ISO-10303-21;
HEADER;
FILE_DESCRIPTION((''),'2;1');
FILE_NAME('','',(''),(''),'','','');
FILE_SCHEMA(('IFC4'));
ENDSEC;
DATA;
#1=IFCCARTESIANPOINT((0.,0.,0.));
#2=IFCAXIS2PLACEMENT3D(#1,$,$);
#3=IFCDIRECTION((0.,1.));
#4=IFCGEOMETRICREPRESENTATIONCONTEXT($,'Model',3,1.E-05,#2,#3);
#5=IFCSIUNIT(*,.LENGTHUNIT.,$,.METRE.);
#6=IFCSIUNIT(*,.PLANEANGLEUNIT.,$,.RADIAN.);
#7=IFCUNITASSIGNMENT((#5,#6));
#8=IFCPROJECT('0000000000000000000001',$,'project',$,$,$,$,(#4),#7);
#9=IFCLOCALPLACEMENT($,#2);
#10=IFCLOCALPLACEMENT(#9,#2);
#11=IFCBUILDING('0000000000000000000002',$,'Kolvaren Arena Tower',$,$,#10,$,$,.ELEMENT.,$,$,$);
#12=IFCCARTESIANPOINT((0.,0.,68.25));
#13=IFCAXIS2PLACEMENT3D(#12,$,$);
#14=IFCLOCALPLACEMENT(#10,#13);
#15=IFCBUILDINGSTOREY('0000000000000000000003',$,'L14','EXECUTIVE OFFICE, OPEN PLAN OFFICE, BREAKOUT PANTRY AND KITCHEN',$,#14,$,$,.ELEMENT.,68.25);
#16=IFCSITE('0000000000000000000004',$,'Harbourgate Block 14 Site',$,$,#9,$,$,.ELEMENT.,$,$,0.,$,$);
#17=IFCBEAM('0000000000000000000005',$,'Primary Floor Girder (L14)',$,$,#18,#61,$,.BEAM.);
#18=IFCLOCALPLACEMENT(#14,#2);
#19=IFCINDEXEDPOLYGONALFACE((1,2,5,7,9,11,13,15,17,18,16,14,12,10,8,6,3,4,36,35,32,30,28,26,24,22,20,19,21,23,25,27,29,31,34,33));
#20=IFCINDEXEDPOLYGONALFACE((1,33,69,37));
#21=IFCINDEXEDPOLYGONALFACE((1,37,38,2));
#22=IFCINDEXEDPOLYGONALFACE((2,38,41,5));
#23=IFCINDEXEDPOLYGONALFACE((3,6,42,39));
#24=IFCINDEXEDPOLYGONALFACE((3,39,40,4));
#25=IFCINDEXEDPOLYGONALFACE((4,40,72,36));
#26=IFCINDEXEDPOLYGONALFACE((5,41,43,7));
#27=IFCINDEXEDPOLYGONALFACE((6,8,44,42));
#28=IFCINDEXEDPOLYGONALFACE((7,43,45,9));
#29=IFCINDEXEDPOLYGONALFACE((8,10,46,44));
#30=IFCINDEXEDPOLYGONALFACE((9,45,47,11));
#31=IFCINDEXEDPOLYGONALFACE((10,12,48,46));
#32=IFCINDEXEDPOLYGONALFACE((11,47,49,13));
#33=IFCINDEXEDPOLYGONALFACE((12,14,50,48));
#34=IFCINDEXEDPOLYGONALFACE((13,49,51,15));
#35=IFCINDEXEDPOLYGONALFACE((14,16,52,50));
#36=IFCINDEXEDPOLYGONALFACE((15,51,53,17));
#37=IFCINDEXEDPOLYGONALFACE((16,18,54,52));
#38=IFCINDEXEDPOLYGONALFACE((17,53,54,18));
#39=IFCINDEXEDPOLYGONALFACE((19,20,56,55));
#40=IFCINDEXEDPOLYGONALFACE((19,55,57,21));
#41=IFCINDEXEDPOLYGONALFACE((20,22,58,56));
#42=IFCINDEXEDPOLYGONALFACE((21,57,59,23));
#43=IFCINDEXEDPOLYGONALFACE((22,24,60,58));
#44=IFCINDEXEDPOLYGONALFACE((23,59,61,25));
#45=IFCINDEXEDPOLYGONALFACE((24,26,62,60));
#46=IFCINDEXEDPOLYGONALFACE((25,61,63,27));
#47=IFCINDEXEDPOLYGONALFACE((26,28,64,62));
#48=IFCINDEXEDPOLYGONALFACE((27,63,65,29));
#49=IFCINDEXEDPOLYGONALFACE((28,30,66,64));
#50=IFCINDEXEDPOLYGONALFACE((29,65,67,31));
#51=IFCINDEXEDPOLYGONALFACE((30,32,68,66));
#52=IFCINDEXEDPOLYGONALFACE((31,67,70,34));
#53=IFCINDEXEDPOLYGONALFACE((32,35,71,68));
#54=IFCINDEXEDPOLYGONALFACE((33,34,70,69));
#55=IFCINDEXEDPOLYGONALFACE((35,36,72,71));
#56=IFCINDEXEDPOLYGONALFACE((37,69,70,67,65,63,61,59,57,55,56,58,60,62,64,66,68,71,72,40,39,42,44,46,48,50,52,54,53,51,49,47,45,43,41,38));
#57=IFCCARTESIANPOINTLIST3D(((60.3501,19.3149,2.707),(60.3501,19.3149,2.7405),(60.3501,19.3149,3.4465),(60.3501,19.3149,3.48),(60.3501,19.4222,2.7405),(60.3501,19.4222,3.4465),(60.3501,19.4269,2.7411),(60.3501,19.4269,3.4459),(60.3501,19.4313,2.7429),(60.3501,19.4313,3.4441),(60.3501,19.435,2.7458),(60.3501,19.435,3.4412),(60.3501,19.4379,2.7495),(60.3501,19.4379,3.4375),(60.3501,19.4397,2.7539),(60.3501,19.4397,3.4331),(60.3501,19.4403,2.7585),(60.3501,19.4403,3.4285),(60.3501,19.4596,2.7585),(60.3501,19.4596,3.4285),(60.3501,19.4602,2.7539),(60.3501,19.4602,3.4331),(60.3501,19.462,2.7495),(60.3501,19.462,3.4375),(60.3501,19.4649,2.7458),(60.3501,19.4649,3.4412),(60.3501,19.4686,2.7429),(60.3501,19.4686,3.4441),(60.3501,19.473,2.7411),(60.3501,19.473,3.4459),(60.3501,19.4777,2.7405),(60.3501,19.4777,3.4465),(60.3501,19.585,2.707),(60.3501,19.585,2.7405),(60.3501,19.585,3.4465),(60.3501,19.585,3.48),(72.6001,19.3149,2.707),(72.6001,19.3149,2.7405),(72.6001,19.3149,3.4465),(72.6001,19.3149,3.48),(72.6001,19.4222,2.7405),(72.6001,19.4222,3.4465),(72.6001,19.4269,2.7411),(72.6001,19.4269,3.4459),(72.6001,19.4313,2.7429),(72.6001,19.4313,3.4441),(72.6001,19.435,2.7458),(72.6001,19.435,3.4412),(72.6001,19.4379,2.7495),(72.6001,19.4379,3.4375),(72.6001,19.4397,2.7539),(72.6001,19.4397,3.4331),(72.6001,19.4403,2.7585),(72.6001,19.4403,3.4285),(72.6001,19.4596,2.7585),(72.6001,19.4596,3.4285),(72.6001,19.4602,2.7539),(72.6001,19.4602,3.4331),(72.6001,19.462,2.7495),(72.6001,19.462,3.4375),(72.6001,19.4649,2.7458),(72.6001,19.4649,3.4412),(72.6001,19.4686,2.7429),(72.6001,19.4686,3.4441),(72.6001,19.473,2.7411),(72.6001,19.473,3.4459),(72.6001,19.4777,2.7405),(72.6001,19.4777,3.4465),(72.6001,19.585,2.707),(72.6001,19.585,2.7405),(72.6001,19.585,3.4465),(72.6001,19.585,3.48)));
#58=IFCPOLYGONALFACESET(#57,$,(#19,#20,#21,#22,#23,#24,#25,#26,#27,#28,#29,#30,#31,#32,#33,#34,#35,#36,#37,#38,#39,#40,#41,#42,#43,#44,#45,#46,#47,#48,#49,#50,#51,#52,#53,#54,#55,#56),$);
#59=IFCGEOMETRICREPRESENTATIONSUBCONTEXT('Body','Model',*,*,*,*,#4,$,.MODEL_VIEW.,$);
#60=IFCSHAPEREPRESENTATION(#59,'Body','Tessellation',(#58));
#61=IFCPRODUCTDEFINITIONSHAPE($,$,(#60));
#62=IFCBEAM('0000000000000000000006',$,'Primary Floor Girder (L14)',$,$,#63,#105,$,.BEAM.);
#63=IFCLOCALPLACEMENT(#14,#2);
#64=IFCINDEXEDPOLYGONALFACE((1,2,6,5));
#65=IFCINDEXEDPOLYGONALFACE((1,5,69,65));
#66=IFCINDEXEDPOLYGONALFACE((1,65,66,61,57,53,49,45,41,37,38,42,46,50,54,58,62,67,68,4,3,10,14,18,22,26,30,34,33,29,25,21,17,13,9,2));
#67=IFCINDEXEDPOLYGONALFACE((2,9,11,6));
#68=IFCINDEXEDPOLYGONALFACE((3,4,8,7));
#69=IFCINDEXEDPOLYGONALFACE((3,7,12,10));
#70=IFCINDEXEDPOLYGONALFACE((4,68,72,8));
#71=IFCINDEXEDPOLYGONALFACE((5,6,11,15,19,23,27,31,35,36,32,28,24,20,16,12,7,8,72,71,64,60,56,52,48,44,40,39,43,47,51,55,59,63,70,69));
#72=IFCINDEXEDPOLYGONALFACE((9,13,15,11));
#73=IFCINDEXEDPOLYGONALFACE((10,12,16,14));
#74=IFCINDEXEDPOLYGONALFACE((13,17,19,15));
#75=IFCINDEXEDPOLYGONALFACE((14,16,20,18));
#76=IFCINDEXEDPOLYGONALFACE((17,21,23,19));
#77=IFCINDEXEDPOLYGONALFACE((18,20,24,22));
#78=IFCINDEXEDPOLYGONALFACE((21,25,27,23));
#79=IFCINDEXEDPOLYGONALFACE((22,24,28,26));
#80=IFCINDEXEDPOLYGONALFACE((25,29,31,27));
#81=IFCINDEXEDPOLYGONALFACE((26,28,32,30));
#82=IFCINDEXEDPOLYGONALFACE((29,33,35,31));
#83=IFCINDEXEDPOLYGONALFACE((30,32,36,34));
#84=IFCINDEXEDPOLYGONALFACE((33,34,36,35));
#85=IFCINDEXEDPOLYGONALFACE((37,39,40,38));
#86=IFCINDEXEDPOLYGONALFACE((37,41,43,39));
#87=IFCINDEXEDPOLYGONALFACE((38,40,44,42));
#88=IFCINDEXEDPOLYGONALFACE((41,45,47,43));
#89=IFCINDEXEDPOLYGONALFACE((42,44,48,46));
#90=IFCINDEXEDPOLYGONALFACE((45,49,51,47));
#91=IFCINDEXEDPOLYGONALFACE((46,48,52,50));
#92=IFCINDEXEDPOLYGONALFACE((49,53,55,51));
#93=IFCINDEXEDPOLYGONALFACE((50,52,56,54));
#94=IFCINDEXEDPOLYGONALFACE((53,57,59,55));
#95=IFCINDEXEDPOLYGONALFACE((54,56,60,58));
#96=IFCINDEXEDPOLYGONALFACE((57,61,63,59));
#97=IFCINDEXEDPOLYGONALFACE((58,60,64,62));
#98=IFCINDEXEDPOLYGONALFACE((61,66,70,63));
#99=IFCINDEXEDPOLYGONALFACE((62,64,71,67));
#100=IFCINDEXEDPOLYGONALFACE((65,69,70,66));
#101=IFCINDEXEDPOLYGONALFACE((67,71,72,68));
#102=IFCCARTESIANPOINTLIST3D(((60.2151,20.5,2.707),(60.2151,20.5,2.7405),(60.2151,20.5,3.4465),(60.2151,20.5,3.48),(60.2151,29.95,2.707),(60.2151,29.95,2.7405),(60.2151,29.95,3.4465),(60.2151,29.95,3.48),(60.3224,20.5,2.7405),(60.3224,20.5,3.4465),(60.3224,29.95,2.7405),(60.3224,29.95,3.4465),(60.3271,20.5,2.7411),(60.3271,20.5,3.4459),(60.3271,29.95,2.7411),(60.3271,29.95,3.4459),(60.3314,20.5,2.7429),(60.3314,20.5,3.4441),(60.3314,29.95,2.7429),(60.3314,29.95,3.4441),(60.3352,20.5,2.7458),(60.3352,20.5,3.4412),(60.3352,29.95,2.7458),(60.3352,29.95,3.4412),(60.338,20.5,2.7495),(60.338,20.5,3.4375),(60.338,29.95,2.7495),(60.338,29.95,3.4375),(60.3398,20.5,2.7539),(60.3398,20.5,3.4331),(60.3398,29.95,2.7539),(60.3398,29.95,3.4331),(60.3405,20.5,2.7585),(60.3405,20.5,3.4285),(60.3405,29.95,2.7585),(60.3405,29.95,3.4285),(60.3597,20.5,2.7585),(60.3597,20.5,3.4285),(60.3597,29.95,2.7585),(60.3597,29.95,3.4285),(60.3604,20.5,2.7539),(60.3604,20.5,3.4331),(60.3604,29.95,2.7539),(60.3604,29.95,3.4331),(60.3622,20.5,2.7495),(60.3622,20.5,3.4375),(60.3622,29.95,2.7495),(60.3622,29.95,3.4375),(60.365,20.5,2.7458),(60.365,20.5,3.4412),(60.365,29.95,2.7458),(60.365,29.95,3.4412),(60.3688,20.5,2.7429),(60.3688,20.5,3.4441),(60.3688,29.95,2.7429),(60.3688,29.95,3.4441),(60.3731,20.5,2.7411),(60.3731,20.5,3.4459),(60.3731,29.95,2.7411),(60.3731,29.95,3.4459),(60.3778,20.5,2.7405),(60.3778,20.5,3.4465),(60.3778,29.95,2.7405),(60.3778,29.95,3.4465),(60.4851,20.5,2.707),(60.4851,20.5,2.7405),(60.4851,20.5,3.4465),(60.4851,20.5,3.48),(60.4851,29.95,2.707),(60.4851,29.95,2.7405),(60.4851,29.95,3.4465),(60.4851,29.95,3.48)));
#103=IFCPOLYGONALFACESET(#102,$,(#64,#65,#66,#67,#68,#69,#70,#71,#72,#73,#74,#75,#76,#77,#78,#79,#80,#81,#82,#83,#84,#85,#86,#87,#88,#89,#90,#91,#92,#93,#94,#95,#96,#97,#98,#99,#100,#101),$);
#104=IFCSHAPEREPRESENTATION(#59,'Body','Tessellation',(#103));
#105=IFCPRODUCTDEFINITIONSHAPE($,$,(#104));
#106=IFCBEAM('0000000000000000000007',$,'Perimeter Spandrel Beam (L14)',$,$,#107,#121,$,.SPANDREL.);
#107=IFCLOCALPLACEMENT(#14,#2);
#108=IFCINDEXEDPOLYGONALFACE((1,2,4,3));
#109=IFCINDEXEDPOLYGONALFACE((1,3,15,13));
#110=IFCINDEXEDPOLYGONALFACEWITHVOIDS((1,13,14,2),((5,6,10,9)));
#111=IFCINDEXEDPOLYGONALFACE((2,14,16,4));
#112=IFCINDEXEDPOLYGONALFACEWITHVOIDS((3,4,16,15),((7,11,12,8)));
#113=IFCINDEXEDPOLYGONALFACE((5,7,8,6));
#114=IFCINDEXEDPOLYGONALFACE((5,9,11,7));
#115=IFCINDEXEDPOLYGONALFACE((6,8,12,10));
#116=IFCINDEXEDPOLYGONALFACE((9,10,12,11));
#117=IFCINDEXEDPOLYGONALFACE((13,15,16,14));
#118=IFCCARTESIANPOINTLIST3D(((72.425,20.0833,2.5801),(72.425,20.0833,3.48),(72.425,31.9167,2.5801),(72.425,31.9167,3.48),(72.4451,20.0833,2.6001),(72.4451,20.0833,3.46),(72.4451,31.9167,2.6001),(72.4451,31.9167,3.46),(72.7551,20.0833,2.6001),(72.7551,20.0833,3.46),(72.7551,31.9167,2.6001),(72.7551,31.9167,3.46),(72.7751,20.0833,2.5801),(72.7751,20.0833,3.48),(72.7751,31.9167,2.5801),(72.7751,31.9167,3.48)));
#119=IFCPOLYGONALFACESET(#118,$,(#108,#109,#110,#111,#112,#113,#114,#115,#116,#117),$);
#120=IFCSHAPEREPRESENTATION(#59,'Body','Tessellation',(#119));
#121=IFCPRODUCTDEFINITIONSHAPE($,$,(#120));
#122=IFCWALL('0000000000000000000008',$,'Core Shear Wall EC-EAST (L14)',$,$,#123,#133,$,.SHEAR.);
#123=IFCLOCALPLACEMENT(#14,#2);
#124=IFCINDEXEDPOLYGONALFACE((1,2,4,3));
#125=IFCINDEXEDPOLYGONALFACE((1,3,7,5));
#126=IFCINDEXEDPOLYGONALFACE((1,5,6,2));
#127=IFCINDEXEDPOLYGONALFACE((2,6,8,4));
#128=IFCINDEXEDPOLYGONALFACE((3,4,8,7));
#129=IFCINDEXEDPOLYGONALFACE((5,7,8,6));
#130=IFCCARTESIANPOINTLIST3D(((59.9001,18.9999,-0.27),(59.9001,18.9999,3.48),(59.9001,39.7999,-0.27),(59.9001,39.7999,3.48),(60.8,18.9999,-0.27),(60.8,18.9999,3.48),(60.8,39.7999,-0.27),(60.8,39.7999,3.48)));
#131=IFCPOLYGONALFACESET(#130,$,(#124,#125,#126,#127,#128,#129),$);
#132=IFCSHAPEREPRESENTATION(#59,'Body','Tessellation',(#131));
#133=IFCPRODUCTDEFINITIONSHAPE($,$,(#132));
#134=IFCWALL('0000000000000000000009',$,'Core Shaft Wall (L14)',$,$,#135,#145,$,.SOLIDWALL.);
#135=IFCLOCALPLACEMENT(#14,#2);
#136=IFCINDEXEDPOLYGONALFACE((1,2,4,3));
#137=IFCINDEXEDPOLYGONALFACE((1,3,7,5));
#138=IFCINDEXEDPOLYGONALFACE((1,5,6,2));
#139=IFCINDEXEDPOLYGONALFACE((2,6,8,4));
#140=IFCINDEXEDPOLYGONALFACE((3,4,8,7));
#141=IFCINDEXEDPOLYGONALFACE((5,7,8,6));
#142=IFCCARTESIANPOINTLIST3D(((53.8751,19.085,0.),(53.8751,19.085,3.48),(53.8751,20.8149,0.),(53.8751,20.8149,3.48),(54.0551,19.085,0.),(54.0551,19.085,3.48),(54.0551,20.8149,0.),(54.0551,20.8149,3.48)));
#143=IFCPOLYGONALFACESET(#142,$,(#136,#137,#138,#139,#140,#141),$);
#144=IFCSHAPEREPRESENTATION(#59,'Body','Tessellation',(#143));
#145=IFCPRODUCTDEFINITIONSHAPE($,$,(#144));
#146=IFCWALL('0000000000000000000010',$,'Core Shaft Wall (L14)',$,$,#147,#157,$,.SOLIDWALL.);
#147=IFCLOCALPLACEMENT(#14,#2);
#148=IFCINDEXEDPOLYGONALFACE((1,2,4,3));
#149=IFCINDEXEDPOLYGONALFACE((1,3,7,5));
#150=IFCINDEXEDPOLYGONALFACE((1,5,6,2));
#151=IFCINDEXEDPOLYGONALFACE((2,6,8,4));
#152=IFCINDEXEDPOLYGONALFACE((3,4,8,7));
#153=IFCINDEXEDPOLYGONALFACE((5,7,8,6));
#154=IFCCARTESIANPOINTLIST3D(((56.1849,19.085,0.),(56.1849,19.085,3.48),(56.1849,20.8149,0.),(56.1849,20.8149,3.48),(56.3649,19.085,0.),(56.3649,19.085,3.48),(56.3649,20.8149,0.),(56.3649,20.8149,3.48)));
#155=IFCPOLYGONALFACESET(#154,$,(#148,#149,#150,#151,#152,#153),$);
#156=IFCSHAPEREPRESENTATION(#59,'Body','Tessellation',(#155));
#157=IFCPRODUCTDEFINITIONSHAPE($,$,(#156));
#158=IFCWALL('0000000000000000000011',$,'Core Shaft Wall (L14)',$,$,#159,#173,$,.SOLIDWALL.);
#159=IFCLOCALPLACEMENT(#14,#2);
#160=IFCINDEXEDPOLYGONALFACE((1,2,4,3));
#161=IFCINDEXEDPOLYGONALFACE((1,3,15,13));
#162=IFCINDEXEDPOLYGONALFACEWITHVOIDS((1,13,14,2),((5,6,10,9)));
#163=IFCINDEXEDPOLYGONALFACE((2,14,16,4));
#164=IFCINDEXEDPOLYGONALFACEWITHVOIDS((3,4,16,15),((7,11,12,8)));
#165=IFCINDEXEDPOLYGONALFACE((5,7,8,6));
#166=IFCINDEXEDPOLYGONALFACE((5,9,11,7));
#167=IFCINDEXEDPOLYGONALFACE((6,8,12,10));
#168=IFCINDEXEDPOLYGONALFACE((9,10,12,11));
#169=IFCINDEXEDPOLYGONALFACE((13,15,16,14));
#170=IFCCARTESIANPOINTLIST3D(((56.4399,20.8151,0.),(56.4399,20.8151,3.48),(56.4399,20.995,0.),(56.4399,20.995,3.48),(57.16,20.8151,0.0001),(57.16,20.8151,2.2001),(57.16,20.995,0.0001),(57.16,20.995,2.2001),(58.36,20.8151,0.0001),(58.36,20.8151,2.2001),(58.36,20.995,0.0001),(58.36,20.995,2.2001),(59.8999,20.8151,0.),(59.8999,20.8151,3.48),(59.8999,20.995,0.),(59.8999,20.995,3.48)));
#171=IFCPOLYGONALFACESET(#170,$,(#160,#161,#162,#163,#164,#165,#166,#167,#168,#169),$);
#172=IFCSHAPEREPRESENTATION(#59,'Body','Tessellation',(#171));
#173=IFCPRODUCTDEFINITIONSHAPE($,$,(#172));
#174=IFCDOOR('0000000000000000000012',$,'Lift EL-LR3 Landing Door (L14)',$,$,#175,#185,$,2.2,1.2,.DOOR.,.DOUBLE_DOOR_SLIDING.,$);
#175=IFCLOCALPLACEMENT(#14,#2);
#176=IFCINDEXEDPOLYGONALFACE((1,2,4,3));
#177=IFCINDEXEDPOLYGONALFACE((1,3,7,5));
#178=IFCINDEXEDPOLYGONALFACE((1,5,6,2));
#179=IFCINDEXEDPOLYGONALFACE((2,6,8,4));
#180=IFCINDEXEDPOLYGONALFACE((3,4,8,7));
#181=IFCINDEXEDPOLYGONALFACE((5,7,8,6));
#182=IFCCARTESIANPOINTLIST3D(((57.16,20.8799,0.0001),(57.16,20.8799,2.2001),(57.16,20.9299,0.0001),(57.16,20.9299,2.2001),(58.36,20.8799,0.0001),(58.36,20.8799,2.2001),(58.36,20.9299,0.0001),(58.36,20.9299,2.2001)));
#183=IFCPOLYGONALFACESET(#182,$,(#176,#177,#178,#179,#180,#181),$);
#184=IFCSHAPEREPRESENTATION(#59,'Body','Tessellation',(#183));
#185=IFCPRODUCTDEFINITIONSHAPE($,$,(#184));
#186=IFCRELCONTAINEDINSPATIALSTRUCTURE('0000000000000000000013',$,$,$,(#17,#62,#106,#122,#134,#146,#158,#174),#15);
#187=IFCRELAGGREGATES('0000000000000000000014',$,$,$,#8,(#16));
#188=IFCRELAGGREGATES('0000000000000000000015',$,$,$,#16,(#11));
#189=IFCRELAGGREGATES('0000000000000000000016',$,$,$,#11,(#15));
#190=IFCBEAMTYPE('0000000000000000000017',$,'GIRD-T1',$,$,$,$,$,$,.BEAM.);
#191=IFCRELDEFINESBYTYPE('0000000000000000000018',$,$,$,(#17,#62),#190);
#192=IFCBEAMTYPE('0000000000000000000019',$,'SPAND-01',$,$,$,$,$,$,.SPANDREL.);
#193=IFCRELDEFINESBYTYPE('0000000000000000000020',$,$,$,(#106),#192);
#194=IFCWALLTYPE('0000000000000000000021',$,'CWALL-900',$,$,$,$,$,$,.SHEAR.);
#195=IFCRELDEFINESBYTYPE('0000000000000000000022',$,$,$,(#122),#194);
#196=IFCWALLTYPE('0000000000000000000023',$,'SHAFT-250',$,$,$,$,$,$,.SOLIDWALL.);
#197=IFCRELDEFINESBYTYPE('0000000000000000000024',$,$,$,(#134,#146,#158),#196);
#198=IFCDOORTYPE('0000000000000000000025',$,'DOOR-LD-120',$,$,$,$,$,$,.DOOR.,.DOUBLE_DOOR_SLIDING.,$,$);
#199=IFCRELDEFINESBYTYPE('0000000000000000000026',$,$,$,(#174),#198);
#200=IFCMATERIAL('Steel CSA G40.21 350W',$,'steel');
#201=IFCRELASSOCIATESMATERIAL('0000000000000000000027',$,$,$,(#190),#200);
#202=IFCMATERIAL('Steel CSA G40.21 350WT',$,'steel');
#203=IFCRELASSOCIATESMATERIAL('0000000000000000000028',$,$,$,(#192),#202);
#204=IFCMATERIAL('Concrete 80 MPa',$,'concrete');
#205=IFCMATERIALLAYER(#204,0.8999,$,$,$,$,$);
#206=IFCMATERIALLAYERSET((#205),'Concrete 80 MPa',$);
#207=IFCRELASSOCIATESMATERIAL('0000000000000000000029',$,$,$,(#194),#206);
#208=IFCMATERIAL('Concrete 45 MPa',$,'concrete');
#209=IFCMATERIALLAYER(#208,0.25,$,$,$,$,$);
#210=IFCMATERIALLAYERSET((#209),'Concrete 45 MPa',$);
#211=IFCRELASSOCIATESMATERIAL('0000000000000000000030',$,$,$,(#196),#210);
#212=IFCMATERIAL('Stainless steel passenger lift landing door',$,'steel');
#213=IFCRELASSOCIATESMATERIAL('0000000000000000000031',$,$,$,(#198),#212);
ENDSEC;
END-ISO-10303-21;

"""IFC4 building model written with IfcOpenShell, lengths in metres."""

from ifc_helpers import new_model, si_unit, direction, frame, frame_2d, origin, origin_2d, place, context, subcontext, project, spatial, rectangle, hollow_rectangle, i_section, extrude, material, layer, layer_set, material_profile, profile_set, type_object, element, fill, save


model = new_model("IFC4")

# Units and contexts
model_context = context("Model", 3, precision=1e-05, world=origin(), true_north=direction((0.0, 1.0)))
body_context = subcontext(model_context, "Body", "Model", "MODEL_VIEW")
ifc_project = project(units=[si_unit("LENGTHUNIT", "METRE"), si_unit("PLANEANGLEUNIT", "RADIAN")], contexts=[model_context])

# Site, building, storey
site_placement = place(None, origin())
site = spatial("IfcSite", under=ifc_project, at=site_placement, Name="Harbourgate Block 14 Site", CompositionType="ELEMENT", RefElevation=0.0)
building_placement = place(site_placement, origin())
building = spatial("IfcBuilding", under=site, at=building_placement, Name="Kolvaren Arena Tower", CompositionType="ELEMENT")
storey_placement = place(building_placement, frame((0.0, 0.0, 68.25)))
storey = spatial("IfcBuildingStorey", under=building, at=storey_placement, Name="L14", Description="EXECUTIVE OFFICE, OPEN PLAN OFFICE, BREAKOUT PANTRY AND KITCHEN", CompositionType="ELEMENT", Elevation=68.25)

# Beams
ifc_material_1 = material(Name="Steel CSA G40.21 350W", Category="steel")
ifc_material_profile_1 = material_profile(ifc_material_1, i_section(OverallWidth=0.27, OverallDepth=0.7729, WebThickness=0.0193, FlangeThickness=0.0334, FilletRadius=0.0181, at=origin_2d()), Name="W760x257")
ifc_profile_set_1 = profile_set([ifc_material_profile_1], Name="Steel CSA G40.21 350W")
beam_type_1 = type_object("IfcBeamType", Name="GIRD-T1", PredefinedType="BEAM", material=ifc_profile_set_1)
beam_1_placement = place(storey_placement, frame((60.3501, 19.45, 3.0935), z_axis=(1.0, 0.0, 0.0), x_axis=(0.0, 1.0, 0.0)))
element("IfcBeam", 1, at=beam_1_placement, inside=storey, type_object=beam_type_1, Name="Primary Floor Girder (L14)", PredefinedType="BEAM", context=body_context, shape_type="SweptSolid", body=[
    extrude(i_section(OverallWidth=0.27, OverallDepth=0.7729, WebThickness=0.0193, FlangeThickness=0.0334, FilletRadius=0.0181, at=origin_2d()), origin(), (0.0, 0.0, 1.0), 12.25),
])
beam_2_placement = place(storey_placement, frame((60.3501, 20.5, 3.0935), z_axis=(0.0, 1.0, 0.0), x_axis=(-1.0, 0.0, 0.0)))
element("IfcBeam", 2, at=beam_2_placement, inside=storey, type_object=beam_type_1, Name="Primary Floor Girder (L14)", PredefinedType="BEAM", context=body_context, shape_type="SweptSolid", body=[
    extrude(i_section(OverallWidth=0.27, OverallDepth=0.7729, WebThickness=0.0193, FlangeThickness=0.0334, FilletRadius=0.0181, at=origin_2d()), origin(), (0.0, 0.0, 1.0), 9.45),
])
ifc_material_2 = material(Name="Steel CSA G40.21 350WT", Category="steel")
ifc_material_profile_2 = material_profile(ifc_material_2, hollow_rectangle(XDim=0.3501, YDim=0.8999, WallThickness=0.02, at=origin_2d()), Name="HSS 900x350x20")
ifc_profile_set_2 = profile_set([ifc_material_profile_2], Name="Steel CSA G40.21 350WT")
beam_type_2 = type_object("IfcBeamType", Name="SPAND-01", PredefinedType="SPANDREL", material=ifc_profile_set_2)
beam_3_placement = place(storey_placement, frame((72.6001, 20.0833, 3.03), z_axis=(0.0, 1.0, 0.0), x_axis=(-1.0, 0.0, 0.0)))
element("IfcBeam", 3, at=beam_3_placement, inside=storey, type_object=beam_type_2, Name="Perimeter Spandrel Beam (L14)", PredefinedType="SPANDREL", context=body_context, shape_type="SweptSolid", body=[
    extrude(hollow_rectangle(XDim=0.3501, YDim=0.8999, WallThickness=0.02, at=origin_2d()), origin(), (0.0, 0.0, 1.0), 11.8335),
])

# Walls
ifc_material_3 = material(Name="Concrete 80 MPa", Category="concrete")
ifc_layer_1 = layer(ifc_material_3, 0.8999)
ifc_layer_set_1 = layer_set([ifc_layer_1], Name="Concrete 80 MPa")
wall_type_1 = type_object("IfcWallType", Name="CWALL-900", PredefinedType="SHEAR", material=ifc_layer_set_1)
wall_1_placement = place(storey_placement, frame((60.3501, 19.0, -0.27), z_axis=(0.0, 0.0, 1.0), x_axis=(0.0, 1.0, 0.0)))
element("IfcWall", 4, at=wall_1_placement, inside=storey, type_object=wall_type_1, Name="Core Shear Wall EC-EAST (L14)", PredefinedType="SHEAR", context=body_context, shape_type="SweptSolid", body=[
    extrude(rectangle(XDim=20.8, YDim=0.8999, at=frame_2d((10.3999, 0.0))), origin(), (0.0, 0.0, 1.0), 3.75),
])
ifc_material_4 = material(Name="Concrete 45 MPa", Category="concrete")
ifc_layer_2 = layer(ifc_material_4, 0.25)
ifc_layer_set_2 = layer_set([ifc_layer_2], Name="Concrete 45 MPa")
wall_type_2 = type_object("IfcWallType", Name="SHAFT-250", PredefinedType="SOLIDWALL", material=ifc_layer_set_2)
for number, where, z_axis, x_axis, name in (
    (5, (53.9651, 19.085, 0.0), (0.0, 0.0, 1.0), (0.0, 1.0, 0.0), "Core Shaft Wall (L14)"),
    (6, (56.2749, 19.085, 0.0), (0.0, 0.0, 1.0), (0.0, 1.0, 0.0), "Core Shaft Wall (L14)"),
):
    element("IfcWall", number, at=place(storey_placement, frame(where, z_axis=z_axis, x_axis=x_axis)), inside=storey, type_object=wall_type_2, Name=name, PredefinedType="SOLIDWALL", context=body_context, shape_type="SweptSolid", body=[
        extrude(rectangle(XDim=1.73, YDim=0.1799, at=frame_2d((0.865, 0.0))), origin(), (0.0, 0.0, 1.0), 3.48),
    ])

# Wall, opening, door
wall_2_placement = place(storey_placement, frame((56.4399, 20.905, 0.0), z_axis=(0.0, 0.0, 1.0), x_axis=(1.0, 0.0, 0.0)))
wall_2 = element("IfcWall", 7, at=wall_2_placement, inside=storey, type_object=wall_type_2, Name="Core Shaft Wall (L14)", PredefinedType="SOLIDWALL", context=body_context, shape_type="SweptSolid", body=[
    extrude(rectangle(XDim=3.46, YDim=0.1799, at=frame_2d((1.73, 0.0))), origin(), (0.0, 0.0, 1.0), 3.48),
])
opening_placement = place(wall_2_placement, frame((0.72, 0.0, 0.0)))
opening = element("IfcOpeningElement", 8, at=opening_placement, cuts=wall_2, PredefinedType="OPENING", context=body_context, shape_type="SweptSolid", body=[
    extrude(rectangle(XDim=1.2, YDim=2.2, at=frame_2d((0.6001, 1.1001))), frame((0.0, 0.0999, 0.0), z_axis=(0.0, -1.0, 0.0), x_axis=(1.0, 0.0, 0.0)), (0.0, 0.0, 1.0), 0.2),
])
ifc_material_5 = material(Name="Stainless steel passenger lift landing door", Category="steel")
door_type = type_object("IfcDoorType", Name="DOOR-LD-120", OperationType="DOUBLE_DOOR_SLIDING", PredefinedType="DOOR", material=ifc_material_5)
door_placement = place(opening_placement, origin())
door = element("IfcDoor", 9, at=door_placement, inside=storey, type_object=door_type, Name="Lift EL-LR3 Landing Door (L14)", OperationType="DOUBLE_DOOR_SLIDING", OverallHeight=2.2, OverallWidth=1.2, PredefinedType="DOOR", context=body_context, shape_type="SweptSolid", body=[
    extrude(rectangle(XDim=1.2, YDim=2.2, at=frame_2d((0.6001, 1.1001))), frame((0.0, 0.0249, 0.0), z_axis=(0.0, -1.0, 0.0), x_axis=(1.0, 0.0, 0.0)), (0.0, 0.0, 1.0), 0.05),
])
fill(opening, door)

save(model, "model.ifc")
